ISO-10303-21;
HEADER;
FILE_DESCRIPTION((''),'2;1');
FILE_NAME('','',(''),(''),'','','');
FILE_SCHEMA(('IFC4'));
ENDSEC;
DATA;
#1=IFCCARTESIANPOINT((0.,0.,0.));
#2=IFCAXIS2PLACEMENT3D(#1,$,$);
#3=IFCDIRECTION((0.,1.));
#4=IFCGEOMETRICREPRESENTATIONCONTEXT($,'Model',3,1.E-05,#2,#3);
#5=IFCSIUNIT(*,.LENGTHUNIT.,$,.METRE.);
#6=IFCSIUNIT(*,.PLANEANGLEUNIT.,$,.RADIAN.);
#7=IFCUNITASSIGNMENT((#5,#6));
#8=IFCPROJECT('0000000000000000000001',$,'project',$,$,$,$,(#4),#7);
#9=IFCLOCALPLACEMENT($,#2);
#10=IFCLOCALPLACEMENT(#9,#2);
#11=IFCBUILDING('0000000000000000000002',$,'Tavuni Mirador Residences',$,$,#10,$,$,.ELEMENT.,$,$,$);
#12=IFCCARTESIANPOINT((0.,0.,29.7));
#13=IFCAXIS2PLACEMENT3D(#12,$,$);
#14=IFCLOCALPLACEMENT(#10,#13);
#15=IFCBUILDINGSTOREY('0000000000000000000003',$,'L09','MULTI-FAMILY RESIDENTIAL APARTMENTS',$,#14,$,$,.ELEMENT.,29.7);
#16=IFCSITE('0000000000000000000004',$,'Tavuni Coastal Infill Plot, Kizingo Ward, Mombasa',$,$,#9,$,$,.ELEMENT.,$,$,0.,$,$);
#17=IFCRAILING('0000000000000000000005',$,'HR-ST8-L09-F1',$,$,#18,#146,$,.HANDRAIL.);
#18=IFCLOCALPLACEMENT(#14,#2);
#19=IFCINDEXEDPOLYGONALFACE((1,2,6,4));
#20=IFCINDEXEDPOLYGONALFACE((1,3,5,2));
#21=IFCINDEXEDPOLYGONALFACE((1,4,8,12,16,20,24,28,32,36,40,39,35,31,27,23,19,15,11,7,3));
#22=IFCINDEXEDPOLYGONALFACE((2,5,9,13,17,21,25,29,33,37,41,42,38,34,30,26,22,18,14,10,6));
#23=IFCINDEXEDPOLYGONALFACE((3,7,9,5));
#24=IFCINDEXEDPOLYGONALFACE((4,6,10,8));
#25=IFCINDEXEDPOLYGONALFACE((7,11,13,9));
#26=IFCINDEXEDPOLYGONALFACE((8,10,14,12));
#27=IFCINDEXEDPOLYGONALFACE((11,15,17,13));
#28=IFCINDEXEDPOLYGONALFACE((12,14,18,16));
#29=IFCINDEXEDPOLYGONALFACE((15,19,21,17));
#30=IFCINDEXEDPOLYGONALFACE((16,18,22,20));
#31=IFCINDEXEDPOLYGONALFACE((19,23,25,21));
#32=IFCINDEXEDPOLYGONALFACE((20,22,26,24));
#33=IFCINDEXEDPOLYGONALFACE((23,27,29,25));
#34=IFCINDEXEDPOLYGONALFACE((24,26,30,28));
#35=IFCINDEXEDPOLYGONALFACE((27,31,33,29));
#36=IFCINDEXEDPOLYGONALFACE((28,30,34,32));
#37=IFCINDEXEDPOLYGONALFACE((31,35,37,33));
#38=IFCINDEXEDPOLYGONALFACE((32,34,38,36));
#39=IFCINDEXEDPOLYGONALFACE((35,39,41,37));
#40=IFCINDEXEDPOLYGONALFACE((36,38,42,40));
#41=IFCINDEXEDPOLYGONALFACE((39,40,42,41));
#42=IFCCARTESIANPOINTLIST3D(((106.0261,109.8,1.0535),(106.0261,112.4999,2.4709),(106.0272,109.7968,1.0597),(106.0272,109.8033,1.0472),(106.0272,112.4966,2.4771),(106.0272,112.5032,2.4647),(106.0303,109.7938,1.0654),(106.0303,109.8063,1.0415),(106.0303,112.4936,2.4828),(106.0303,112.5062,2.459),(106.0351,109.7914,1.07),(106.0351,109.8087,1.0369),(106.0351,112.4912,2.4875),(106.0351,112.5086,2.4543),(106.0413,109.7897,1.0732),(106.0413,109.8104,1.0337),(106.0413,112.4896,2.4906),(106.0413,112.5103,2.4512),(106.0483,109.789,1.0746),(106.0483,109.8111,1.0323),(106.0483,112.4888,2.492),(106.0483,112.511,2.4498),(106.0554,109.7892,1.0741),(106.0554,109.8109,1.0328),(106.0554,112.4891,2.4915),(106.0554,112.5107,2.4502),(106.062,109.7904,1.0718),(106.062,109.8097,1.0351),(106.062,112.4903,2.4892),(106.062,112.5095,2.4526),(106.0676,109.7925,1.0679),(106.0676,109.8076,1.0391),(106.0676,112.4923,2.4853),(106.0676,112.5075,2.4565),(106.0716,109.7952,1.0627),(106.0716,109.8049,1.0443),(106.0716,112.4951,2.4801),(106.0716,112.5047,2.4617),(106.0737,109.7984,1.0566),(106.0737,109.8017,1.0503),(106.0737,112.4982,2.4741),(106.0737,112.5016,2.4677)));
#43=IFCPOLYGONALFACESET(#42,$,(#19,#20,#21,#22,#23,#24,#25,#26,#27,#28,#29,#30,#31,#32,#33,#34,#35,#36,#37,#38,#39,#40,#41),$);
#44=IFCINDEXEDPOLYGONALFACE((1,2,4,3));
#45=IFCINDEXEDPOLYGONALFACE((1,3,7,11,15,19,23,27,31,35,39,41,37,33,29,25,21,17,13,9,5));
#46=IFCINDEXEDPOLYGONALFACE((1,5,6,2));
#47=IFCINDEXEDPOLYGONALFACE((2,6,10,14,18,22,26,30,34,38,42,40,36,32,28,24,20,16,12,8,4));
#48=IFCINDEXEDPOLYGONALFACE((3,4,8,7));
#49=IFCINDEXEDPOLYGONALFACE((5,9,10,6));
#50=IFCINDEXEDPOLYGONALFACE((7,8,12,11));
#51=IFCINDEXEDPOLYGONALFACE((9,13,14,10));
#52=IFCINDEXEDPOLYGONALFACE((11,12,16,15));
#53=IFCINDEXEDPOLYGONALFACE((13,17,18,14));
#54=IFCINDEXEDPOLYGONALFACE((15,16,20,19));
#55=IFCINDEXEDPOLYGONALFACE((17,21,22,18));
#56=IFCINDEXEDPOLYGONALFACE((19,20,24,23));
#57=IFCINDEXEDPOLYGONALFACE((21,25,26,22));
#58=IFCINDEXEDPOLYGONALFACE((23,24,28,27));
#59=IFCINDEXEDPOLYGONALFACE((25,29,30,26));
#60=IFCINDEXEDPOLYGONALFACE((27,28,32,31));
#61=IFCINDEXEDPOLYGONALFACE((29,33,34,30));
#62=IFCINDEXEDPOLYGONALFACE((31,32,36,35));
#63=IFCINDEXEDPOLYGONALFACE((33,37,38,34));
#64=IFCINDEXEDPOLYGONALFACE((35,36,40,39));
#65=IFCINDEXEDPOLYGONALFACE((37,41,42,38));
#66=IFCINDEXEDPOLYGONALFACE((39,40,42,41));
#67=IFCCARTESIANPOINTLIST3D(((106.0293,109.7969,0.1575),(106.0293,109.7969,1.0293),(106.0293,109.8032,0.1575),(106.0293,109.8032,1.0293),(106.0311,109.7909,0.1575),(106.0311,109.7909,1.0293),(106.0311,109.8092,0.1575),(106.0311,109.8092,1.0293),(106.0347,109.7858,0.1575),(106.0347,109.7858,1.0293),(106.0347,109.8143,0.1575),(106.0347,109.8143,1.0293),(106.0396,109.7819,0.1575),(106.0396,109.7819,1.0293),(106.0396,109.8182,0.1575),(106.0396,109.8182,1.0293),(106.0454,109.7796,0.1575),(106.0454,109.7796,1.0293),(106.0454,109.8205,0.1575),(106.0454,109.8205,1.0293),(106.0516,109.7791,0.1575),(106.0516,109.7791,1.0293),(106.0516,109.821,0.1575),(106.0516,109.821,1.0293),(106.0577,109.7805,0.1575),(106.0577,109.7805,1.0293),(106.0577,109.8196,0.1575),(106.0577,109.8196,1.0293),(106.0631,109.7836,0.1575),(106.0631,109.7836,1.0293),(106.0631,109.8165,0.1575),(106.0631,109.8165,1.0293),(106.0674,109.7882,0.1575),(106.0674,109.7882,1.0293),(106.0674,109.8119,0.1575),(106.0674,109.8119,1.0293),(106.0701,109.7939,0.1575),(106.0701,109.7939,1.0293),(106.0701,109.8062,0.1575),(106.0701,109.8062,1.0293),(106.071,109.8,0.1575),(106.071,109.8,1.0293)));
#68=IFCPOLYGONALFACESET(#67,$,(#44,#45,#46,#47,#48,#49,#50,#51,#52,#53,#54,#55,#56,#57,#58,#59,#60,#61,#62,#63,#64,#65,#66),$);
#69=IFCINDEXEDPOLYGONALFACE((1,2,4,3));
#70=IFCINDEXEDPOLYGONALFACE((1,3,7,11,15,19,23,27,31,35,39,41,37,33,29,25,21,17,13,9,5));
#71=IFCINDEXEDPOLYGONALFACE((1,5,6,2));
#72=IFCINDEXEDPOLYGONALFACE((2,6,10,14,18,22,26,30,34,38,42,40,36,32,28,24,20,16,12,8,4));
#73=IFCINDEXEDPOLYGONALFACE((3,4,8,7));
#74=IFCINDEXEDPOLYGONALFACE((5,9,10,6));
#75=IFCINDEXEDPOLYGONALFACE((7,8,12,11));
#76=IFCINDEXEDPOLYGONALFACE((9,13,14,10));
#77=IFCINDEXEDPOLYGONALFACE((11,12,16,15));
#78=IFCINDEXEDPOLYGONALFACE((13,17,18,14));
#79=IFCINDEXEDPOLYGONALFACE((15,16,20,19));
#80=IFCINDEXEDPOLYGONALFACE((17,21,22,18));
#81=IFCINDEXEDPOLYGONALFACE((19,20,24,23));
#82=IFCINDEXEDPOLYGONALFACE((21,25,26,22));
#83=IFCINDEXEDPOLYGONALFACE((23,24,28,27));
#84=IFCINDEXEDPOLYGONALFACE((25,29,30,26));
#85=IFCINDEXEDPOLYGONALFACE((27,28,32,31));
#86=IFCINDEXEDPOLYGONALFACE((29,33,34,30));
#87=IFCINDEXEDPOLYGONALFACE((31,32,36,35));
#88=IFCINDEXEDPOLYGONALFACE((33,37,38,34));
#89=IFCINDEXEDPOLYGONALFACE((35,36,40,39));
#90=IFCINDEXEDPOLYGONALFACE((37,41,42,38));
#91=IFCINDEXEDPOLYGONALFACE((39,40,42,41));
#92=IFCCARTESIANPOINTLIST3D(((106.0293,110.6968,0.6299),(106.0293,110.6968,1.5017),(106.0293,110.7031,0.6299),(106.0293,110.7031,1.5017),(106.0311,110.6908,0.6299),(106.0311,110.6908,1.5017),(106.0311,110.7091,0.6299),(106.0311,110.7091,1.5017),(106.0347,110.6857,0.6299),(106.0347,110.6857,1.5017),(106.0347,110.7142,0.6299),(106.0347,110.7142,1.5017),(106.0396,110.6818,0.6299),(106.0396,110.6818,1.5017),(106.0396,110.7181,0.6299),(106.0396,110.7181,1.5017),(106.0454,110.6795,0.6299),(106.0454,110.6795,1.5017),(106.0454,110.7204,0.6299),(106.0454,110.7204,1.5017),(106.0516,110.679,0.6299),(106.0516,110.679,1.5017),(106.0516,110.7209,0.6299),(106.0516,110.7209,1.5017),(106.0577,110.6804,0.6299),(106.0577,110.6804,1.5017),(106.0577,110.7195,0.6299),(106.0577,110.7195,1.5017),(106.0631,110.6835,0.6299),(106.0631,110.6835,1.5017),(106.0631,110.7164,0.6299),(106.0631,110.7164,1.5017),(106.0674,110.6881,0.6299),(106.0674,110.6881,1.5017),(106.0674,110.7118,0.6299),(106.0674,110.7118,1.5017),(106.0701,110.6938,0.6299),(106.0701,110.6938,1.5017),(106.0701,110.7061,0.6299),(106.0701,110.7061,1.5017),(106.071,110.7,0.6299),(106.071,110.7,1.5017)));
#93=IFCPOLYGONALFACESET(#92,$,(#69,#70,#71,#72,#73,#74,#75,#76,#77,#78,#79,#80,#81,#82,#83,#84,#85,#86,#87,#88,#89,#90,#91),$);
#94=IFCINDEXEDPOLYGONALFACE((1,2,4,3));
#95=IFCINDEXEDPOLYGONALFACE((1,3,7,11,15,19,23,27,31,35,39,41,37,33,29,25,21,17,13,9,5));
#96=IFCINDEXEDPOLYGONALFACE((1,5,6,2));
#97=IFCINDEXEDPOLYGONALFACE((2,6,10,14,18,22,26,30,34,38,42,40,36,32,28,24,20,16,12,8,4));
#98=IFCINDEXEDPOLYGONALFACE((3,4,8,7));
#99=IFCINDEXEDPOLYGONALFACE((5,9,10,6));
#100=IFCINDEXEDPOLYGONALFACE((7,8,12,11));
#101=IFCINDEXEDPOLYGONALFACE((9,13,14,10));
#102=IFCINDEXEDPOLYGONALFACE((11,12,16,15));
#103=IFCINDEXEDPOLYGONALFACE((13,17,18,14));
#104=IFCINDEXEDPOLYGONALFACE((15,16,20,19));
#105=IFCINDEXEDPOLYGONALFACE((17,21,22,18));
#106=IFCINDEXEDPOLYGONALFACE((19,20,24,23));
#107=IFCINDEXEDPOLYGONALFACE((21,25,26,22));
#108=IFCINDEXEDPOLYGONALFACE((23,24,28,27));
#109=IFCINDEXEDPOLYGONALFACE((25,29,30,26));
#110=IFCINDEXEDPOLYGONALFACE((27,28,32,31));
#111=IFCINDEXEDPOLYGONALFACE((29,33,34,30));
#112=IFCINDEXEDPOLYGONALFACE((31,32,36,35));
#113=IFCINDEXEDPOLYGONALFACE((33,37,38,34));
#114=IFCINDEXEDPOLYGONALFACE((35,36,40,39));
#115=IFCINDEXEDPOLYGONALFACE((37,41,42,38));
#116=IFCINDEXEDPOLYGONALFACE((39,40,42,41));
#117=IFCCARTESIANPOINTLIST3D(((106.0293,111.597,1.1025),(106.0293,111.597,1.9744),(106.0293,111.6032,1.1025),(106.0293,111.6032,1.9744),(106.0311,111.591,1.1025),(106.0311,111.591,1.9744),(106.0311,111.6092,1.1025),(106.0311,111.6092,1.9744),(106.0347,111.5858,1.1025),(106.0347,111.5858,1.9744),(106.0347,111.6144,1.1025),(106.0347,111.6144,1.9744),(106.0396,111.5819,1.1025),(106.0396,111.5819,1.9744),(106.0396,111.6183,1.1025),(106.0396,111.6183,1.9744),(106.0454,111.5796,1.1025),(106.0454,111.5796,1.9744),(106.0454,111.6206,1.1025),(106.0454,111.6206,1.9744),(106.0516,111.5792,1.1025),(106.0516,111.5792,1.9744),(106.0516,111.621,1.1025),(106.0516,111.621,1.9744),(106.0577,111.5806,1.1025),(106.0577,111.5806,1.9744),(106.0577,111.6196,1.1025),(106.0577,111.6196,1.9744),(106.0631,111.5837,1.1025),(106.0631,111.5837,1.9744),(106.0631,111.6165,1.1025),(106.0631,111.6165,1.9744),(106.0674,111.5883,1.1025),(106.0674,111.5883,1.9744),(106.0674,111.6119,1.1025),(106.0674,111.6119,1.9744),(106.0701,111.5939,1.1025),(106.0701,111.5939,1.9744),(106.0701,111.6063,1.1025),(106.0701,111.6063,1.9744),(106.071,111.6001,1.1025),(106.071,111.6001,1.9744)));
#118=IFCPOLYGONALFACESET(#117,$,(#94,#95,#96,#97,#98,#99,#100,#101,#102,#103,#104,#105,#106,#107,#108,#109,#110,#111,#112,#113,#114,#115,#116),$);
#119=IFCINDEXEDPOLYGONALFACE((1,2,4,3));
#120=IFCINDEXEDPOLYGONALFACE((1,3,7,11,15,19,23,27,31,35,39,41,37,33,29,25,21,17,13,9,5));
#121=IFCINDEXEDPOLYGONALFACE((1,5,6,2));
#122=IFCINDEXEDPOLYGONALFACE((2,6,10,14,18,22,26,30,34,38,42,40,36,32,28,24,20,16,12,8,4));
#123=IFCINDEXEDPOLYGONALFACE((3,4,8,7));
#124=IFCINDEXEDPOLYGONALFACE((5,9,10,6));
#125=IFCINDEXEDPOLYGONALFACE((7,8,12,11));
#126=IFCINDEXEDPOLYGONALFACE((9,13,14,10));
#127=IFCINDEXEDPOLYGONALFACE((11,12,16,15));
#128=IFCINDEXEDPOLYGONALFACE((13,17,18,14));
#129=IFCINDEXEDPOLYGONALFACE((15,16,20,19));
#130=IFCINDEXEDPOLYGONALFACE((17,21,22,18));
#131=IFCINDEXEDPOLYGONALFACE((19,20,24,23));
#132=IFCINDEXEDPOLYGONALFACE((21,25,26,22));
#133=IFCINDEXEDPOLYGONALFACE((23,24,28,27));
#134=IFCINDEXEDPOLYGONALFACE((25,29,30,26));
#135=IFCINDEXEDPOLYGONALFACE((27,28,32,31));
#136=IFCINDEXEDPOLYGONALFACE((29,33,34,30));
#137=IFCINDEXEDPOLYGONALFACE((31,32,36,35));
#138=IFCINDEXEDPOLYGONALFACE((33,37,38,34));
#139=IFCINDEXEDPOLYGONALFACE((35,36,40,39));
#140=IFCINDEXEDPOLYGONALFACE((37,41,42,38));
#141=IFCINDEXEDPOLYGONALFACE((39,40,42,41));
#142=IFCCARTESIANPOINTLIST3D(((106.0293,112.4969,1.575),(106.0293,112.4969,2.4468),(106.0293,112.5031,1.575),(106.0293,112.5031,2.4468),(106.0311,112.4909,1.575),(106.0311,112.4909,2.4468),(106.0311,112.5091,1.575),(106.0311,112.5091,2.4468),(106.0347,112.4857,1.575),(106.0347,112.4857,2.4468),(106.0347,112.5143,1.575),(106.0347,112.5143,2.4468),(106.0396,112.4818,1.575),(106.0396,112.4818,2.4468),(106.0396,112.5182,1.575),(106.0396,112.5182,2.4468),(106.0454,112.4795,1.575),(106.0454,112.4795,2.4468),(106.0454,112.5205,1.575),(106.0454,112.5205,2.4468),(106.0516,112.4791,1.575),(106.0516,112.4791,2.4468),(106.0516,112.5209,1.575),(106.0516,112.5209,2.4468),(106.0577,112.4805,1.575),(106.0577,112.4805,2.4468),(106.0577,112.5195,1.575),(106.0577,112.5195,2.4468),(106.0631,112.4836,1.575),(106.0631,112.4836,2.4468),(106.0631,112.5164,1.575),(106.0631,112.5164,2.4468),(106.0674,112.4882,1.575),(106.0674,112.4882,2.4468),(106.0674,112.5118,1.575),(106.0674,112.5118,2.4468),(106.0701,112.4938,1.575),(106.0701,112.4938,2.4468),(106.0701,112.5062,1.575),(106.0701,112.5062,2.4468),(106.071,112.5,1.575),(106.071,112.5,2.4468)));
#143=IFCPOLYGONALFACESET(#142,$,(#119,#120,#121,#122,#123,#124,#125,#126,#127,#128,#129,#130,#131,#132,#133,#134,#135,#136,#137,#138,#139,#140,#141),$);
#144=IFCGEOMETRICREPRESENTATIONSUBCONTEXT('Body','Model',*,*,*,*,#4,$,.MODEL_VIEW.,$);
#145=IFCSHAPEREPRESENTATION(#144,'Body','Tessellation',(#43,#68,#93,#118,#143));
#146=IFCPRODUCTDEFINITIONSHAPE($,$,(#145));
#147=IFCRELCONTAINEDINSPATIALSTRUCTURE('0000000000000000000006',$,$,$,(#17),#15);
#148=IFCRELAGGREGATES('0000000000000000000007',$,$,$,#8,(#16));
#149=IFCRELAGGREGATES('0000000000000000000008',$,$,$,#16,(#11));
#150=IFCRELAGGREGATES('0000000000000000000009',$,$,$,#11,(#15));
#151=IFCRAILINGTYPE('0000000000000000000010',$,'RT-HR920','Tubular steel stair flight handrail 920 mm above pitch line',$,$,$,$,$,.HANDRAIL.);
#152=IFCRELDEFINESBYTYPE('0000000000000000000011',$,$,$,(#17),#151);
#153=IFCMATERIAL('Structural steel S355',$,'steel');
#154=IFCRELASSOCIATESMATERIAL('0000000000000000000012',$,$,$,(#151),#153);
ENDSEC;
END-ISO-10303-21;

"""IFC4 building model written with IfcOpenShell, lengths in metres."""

from ifc_helpers import new_model, si_unit, direction, frame, origin, origin_2d, place, context, subcontext, project, spatial, circle, extrude, material, type_object, element, save


model = new_model("IFC4")

# Units and contexts
model_context = context("Model", 3, precision=1e-05, world=origin(), true_north=direction((0.0, 1.0)))
body_context = subcontext(model_context, "Body", "Model", "MODEL_VIEW")
ifc_project = project(units=[si_unit("LENGTHUNIT", "METRE"), si_unit("PLANEANGLEUNIT", "RADIAN")], contexts=[model_context])

# Site, building, storey
site_placement = place(None, origin())
site = spatial("IfcSite", under=ifc_project, at=site_placement, Name="Tavuni Coastal Infill Plot, Kizingo Ward, Mombasa", CompositionType="ELEMENT", RefElevation=0.0)
building_placement = place(site_placement, origin())
building = spatial("IfcBuilding", under=site, at=building_placement, Name="Tavuni Mirador Residences", CompositionType="ELEMENT")
storey_placement = place(building_placement, frame((0.0, 0.0, 29.7)))
storey = spatial("IfcBuildingStorey", under=building, at=storey_placement, Name="L09", Description="MULTI-FAMILY RESIDENTIAL APARTMENTS", CompositionType="ELEMENT", Elevation=29.7)

# Shared definitions
ifc_material_1 = material(Name="Structural steel S355", Category="steel")

# Railing
railing_type_1 = type_object("IfcRailingType", Name="RT-HR920", Description="Tubular steel stair flight handrail 920 mm above pitch line", PredefinedType="HANDRAIL", material=ifc_material_1)
railing_1_placement = place(storey_placement, frame((106.05, 109.8, 0.1575)))
element("IfcRailing", 1, at=railing_1_placement, inside=storey, type_object=railing_type_1, Name="HR-ST8-L09-F1", PredefinedType="HANDRAIL", context=body_context, shape_type="SweptSolid", body=[
    extrude(circle(Radius=0.0239, at=origin_2d()), frame((0.0, 0.0, 0.896), z_axis=(0.0, 0.885397, 0.464835), x_axis=(-1.0, 0.0, 0.0)), (0.0, 0.0, 1.0), 3.0493),
    extrude(circle(Radius=0.021, at=origin_2d()), origin(), (0.0, 0.0, 1.0), 0.8718),
    extrude(circle(Radius=0.021, at=origin_2d()), frame((0.0, 0.8999, 0.4724)), (0.0, 0.0, 1.0), 0.8718),
    extrude(circle(Radius=0.021, at=origin_2d()), frame((0.0, 1.8, 0.9451)), (0.0, 0.0, 1.0), 0.8718),
    extrude(circle(Radius=0.021, at=origin_2d()), frame((0.0, 2.7, 1.4175)), (0.0, 0.0, 1.0), 0.8718),
])

save(model, "model.ifc")
